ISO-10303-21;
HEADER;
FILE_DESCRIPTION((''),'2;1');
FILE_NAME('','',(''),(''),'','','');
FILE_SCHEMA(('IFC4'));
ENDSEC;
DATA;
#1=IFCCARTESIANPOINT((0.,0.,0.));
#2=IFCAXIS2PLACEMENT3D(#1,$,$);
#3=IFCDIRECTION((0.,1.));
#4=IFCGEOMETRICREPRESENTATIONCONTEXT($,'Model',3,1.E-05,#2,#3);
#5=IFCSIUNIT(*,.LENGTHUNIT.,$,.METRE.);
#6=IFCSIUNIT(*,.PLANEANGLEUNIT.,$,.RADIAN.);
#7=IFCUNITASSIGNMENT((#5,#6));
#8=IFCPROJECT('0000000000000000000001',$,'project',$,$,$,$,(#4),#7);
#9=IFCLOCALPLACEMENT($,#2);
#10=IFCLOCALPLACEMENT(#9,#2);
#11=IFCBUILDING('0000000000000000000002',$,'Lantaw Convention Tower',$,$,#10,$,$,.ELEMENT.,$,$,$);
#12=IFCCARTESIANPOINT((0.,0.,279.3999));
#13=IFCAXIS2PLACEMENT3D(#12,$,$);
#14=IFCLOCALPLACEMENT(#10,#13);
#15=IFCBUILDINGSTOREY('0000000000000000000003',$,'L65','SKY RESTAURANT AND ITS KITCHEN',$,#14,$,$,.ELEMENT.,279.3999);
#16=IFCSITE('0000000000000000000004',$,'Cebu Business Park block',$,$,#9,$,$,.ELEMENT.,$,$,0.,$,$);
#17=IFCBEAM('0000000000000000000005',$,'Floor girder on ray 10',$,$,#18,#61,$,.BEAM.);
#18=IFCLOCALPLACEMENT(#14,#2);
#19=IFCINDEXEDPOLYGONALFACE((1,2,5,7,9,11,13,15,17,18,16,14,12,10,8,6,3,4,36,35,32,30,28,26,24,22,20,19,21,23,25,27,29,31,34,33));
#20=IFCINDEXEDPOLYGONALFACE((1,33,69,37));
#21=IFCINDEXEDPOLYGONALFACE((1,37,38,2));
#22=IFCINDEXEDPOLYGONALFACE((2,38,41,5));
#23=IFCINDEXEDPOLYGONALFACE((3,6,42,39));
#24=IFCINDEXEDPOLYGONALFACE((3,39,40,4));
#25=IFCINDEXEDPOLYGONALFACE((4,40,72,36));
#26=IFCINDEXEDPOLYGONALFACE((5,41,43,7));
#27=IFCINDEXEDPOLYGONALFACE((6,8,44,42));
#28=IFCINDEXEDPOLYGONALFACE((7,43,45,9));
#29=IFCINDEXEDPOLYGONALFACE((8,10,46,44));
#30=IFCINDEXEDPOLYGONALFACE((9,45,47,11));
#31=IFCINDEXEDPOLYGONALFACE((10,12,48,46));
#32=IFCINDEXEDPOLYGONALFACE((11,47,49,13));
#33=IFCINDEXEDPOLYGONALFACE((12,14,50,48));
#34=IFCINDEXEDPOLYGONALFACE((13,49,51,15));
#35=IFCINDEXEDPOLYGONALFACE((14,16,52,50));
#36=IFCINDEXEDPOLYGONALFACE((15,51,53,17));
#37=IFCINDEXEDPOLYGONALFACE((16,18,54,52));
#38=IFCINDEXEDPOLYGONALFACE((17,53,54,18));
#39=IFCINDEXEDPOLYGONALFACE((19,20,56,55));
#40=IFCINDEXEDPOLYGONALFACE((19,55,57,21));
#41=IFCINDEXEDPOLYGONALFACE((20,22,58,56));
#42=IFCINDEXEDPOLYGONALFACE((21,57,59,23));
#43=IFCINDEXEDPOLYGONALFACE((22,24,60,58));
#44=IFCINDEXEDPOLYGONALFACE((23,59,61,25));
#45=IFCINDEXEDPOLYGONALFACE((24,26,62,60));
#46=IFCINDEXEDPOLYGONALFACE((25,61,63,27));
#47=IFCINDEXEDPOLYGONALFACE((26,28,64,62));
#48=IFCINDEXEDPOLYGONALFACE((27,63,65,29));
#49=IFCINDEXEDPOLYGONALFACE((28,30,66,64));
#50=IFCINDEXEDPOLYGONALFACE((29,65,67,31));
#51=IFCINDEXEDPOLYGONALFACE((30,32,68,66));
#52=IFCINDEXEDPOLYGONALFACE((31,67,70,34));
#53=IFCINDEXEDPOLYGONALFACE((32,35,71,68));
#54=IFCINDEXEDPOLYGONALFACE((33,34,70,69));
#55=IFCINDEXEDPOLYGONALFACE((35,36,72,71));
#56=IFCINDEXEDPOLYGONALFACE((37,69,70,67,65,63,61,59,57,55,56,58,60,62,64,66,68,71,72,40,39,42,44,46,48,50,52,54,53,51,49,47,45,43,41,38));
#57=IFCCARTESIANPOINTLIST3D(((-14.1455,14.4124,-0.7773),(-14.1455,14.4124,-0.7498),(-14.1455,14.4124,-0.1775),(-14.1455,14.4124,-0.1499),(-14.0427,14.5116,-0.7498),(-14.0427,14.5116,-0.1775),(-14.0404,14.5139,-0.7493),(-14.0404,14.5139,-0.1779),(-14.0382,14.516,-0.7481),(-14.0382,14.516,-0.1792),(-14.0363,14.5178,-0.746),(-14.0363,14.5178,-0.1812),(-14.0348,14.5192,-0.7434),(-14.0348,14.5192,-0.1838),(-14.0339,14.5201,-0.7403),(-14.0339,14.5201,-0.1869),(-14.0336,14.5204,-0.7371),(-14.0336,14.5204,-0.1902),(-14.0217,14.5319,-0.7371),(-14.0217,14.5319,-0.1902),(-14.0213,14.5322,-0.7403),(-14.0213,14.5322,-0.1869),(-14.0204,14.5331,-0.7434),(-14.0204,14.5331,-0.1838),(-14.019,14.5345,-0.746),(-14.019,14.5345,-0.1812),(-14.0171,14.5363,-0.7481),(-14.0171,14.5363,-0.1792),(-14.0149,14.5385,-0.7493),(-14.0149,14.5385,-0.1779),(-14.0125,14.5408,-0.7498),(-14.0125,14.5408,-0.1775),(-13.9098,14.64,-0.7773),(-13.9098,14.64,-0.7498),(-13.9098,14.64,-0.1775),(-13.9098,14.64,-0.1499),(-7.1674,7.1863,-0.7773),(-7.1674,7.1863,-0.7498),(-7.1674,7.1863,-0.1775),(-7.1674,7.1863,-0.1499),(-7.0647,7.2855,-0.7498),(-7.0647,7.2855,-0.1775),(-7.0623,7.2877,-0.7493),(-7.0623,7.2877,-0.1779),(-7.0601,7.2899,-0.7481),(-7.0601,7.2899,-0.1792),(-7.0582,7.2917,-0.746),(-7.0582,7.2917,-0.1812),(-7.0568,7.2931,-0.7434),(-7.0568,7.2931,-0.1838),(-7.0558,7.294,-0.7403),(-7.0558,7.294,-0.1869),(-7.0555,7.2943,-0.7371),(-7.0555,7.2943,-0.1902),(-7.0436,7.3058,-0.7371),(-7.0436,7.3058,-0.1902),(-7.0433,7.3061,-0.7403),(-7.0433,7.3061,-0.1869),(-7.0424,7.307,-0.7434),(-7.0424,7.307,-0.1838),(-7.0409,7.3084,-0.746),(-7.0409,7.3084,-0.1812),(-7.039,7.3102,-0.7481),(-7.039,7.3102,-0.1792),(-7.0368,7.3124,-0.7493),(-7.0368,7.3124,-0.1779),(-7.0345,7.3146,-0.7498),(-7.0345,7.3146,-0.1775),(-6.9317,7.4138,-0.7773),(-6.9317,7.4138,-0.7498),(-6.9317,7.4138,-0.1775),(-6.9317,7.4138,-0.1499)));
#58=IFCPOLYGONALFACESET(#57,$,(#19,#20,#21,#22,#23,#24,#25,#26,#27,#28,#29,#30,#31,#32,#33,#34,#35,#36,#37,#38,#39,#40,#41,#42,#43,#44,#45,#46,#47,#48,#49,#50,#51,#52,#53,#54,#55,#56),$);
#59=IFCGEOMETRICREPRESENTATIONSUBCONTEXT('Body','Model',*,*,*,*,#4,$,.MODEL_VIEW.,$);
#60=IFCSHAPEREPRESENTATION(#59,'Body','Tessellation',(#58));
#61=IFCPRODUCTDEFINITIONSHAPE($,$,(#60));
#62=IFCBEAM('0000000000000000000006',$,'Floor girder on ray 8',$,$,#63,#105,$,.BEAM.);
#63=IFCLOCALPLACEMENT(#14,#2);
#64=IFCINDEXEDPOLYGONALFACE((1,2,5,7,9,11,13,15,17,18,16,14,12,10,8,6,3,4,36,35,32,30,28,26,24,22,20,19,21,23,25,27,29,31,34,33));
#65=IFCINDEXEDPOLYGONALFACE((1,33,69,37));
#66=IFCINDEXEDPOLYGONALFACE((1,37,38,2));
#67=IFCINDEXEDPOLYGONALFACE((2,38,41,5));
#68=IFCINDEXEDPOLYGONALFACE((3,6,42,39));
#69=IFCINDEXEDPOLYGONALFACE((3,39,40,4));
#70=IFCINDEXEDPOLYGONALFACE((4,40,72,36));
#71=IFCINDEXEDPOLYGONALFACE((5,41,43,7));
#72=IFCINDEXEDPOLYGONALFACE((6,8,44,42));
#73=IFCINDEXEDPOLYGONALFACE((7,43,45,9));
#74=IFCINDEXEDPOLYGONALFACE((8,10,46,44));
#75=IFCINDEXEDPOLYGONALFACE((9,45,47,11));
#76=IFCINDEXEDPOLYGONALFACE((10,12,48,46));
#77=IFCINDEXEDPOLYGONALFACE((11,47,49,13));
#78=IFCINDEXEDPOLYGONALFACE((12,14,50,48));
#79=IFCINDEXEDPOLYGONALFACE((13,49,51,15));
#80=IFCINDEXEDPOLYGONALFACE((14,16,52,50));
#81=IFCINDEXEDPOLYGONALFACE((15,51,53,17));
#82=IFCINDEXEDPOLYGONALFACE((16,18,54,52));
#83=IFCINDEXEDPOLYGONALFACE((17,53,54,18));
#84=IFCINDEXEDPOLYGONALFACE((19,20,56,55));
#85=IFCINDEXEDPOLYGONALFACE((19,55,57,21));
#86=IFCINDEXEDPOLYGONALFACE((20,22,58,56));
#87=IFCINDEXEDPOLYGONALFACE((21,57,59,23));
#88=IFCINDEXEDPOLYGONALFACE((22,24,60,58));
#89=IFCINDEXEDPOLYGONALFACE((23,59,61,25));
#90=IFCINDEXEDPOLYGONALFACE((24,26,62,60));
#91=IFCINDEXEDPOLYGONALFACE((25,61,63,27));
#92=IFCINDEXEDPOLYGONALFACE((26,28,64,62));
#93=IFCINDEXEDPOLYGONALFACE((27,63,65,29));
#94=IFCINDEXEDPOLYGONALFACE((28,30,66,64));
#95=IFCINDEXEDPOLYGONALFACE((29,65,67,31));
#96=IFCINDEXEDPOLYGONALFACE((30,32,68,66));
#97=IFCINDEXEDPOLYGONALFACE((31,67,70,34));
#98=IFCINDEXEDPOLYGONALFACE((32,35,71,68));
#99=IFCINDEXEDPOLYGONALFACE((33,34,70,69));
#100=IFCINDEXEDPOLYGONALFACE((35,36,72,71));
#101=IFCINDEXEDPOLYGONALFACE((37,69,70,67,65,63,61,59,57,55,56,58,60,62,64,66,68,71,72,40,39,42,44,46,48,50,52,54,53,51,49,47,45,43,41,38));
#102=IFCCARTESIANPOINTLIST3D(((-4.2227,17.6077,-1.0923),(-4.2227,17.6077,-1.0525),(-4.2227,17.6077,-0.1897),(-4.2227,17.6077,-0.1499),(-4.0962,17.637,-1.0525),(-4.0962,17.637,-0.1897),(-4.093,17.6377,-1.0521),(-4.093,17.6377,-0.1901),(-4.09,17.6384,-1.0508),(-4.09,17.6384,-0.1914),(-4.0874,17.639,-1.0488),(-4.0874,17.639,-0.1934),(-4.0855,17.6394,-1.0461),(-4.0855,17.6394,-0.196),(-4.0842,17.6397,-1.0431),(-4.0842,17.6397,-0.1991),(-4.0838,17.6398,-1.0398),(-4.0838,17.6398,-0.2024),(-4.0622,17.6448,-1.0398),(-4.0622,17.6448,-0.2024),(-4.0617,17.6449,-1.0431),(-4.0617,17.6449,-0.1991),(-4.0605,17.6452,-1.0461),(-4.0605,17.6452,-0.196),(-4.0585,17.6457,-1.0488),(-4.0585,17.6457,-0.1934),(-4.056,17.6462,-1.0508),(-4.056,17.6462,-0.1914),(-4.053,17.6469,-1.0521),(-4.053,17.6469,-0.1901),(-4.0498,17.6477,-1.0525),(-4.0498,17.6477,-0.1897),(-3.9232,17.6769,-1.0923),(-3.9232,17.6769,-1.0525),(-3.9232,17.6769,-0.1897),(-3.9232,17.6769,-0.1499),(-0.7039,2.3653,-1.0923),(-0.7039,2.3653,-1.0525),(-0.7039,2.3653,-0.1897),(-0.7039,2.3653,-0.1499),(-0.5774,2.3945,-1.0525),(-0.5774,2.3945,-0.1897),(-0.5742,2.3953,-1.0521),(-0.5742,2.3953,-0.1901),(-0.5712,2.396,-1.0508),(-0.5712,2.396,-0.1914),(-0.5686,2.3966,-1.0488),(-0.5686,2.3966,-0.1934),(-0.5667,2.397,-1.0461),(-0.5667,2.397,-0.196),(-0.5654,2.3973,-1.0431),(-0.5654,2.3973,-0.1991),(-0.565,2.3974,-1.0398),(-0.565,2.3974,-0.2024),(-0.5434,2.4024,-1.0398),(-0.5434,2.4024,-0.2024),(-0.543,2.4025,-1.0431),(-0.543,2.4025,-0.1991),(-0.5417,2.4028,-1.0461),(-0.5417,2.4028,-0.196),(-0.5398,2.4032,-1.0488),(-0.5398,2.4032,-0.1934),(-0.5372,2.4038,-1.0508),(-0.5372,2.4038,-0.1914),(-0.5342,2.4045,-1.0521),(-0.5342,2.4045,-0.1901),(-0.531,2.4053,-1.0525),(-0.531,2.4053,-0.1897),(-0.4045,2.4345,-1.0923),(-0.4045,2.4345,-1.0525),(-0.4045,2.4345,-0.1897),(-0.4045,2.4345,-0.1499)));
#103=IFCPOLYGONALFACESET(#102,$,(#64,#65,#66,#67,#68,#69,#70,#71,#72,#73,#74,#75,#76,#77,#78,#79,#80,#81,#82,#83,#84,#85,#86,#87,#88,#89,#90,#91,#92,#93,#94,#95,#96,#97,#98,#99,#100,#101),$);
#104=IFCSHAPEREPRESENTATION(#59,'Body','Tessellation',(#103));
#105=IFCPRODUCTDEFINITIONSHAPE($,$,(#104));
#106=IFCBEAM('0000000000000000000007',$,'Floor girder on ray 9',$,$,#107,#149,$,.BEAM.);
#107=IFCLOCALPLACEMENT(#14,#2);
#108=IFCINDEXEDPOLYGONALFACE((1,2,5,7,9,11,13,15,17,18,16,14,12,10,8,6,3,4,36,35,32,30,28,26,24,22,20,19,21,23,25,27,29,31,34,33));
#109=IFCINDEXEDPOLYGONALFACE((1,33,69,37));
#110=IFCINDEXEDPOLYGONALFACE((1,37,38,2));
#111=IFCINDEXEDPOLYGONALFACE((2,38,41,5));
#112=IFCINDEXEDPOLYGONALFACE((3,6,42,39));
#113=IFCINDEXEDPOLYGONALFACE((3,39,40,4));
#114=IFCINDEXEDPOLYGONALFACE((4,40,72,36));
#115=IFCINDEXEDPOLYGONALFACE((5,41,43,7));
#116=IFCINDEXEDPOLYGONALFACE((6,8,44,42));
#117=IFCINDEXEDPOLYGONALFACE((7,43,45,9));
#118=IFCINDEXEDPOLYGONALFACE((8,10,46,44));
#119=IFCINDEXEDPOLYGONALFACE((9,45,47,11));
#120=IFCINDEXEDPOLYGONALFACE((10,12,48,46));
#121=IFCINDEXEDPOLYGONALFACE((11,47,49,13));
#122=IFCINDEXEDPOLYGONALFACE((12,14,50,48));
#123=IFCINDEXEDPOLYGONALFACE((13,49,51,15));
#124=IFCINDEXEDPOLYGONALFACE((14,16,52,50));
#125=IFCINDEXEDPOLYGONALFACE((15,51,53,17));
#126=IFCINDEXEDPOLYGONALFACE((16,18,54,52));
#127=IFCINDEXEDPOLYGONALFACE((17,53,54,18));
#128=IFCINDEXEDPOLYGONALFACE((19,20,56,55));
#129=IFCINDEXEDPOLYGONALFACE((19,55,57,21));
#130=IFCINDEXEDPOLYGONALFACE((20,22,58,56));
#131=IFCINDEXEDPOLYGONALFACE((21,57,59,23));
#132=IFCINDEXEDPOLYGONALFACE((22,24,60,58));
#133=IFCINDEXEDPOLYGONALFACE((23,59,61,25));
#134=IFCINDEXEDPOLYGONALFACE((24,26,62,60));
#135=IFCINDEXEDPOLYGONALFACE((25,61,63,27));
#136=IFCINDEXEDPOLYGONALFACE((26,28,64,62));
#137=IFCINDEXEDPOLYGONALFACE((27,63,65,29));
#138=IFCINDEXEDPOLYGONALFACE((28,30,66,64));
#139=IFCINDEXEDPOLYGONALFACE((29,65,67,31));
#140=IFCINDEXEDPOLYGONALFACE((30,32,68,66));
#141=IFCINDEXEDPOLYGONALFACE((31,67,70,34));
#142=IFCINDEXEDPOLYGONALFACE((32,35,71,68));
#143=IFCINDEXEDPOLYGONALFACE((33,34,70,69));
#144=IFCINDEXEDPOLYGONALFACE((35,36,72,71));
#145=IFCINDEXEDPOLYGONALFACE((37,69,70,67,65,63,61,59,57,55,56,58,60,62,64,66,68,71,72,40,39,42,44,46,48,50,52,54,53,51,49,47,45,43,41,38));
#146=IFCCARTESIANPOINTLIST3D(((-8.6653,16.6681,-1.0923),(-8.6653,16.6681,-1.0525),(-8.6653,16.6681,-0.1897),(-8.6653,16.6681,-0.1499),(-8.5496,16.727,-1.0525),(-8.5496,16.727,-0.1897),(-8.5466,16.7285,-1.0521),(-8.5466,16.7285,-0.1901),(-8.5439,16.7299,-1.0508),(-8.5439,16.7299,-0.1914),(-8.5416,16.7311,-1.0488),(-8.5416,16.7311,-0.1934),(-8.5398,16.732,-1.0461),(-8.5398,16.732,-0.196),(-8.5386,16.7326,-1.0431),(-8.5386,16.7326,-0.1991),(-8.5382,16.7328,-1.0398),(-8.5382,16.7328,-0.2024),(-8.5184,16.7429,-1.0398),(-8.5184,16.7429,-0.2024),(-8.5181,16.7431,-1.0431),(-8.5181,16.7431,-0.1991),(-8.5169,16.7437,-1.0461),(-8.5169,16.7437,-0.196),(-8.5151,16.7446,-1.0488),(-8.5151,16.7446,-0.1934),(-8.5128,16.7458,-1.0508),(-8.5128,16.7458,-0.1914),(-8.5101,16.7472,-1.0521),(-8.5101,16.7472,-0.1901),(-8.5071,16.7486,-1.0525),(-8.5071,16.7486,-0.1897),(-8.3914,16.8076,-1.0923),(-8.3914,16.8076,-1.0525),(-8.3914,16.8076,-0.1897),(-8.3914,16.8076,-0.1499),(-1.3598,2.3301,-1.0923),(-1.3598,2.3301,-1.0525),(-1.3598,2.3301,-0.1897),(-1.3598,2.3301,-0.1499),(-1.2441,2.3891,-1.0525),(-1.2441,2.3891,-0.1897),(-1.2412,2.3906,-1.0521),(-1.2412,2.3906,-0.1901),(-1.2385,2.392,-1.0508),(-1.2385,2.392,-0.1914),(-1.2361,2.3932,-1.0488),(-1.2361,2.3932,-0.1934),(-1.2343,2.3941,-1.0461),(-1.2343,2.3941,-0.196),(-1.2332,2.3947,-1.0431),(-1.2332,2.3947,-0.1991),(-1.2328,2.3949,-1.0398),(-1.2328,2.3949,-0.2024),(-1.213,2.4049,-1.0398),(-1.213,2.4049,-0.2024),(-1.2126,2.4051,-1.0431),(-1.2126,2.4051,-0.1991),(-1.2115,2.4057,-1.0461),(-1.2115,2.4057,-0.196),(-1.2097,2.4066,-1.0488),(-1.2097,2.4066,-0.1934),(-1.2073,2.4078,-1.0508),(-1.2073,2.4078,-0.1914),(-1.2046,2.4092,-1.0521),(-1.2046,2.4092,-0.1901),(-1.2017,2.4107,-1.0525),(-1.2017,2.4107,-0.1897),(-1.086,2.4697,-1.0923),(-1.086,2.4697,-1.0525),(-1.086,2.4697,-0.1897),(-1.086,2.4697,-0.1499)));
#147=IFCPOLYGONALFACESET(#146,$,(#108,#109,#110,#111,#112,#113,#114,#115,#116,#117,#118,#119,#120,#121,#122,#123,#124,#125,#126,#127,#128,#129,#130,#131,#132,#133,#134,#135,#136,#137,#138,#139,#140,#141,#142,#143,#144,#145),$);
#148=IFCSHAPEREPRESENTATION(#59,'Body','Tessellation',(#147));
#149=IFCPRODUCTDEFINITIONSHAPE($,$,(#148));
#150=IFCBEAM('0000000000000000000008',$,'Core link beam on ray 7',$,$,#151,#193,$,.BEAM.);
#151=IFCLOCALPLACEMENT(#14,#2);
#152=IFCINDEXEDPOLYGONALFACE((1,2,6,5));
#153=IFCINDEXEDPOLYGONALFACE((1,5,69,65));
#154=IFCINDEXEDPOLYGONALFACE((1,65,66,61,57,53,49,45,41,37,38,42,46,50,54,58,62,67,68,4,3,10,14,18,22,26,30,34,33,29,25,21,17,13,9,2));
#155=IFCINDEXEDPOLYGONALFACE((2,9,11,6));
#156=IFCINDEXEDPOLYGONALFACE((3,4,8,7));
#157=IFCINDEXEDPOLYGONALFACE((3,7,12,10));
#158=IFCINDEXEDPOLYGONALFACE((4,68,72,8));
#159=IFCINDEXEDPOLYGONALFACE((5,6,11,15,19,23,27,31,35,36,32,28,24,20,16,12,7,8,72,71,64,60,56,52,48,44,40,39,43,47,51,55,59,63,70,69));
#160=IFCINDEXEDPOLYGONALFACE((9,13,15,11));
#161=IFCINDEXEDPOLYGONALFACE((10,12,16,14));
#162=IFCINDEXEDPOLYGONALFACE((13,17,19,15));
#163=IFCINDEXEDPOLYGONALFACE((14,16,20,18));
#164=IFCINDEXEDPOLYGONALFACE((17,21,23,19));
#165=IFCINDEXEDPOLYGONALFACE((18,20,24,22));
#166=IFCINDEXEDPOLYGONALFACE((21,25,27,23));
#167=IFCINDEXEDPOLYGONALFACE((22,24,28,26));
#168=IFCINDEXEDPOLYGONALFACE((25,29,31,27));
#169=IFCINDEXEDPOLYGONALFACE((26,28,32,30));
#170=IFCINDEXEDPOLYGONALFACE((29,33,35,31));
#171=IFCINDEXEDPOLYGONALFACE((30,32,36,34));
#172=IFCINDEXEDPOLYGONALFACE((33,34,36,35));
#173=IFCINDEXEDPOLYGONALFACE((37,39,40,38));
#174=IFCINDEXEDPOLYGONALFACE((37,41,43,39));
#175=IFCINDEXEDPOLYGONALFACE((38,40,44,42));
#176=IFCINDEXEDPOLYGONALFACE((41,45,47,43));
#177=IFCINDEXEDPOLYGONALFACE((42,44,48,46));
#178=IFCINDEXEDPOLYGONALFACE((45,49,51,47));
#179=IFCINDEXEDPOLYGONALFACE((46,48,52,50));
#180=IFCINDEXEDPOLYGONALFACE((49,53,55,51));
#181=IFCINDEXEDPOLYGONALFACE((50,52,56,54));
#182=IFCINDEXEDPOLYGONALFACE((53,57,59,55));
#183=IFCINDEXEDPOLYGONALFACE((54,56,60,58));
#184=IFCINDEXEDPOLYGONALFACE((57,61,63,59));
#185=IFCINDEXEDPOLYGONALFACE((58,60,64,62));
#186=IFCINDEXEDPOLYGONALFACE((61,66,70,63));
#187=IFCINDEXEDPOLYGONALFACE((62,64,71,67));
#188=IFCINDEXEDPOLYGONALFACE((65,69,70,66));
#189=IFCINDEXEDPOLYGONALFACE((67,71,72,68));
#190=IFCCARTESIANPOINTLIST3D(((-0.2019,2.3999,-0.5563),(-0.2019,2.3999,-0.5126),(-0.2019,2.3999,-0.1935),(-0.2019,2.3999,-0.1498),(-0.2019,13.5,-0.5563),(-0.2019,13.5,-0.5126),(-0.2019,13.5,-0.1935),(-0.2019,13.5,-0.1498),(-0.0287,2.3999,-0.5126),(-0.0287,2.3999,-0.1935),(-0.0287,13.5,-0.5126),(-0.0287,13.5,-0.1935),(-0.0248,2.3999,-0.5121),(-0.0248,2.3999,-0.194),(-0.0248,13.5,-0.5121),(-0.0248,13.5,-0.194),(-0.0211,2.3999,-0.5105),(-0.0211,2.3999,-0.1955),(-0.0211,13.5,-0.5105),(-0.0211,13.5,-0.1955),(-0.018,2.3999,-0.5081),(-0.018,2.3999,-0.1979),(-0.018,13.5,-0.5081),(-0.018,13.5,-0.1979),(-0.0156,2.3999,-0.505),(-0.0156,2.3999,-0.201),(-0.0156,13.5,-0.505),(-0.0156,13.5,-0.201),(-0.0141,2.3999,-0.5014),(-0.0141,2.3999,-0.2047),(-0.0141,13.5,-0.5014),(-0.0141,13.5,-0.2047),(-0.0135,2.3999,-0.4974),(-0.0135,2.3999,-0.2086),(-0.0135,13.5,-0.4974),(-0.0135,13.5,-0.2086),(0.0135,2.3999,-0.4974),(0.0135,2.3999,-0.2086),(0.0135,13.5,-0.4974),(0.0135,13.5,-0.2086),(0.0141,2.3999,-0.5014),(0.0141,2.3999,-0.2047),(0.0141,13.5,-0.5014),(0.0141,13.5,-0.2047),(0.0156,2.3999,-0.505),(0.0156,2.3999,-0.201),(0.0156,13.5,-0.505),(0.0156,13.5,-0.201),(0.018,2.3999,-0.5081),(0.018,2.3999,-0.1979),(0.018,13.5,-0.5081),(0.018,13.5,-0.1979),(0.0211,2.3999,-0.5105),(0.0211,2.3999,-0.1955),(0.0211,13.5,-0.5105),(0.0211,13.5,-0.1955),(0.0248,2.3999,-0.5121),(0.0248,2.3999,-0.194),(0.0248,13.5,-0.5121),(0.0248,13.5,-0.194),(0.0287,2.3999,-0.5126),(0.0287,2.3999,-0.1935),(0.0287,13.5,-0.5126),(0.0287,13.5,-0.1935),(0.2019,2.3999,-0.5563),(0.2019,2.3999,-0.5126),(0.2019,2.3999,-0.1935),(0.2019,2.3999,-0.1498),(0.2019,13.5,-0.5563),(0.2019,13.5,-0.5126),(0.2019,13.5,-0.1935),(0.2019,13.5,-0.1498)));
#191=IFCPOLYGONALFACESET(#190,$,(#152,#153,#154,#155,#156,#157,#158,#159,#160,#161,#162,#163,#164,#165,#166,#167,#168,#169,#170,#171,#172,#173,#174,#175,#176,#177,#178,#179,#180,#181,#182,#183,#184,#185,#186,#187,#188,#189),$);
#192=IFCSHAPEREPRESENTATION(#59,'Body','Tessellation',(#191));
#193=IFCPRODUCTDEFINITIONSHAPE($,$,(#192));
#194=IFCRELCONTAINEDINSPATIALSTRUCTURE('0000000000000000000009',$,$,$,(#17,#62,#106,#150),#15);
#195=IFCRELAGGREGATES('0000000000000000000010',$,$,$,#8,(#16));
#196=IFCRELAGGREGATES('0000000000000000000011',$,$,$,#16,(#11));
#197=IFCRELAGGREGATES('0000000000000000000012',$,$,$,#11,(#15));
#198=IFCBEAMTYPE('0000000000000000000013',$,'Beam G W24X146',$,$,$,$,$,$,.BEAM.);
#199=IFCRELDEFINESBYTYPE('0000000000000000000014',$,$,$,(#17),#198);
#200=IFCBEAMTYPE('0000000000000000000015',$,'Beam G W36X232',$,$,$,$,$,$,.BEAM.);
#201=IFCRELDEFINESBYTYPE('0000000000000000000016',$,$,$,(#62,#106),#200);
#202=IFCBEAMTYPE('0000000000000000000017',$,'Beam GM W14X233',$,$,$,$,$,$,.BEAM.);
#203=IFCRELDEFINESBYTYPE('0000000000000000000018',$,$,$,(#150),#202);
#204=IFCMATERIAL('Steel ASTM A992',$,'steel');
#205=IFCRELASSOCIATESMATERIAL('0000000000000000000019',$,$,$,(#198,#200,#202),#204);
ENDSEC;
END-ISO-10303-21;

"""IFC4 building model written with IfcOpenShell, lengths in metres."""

from ifc_helpers import new_model, si_unit, direction, frame, origin, origin_2d, place, context, subcontext, project, spatial, i_section, extrude, material, material_profile, profile_set, type_object, element, save


model = new_model("IFC4")

# Units and contexts
model_context = context("Model", 3, precision=1e-05, world=origin(), true_north=direction((0.0, 1.0)))
body_context = subcontext(model_context, "Body", "Model", "MODEL_VIEW")
ifc_project = project(units=[si_unit("LENGTHUNIT", "METRE"), si_unit("PLANEANGLEUNIT", "RADIAN")], contexts=[model_context])

# Site, building, storey
site_placement = place(None, origin())
site = spatial("IfcSite", under=ifc_project, at=site_placement, Name="Cebu Business Park block", CompositionType="ELEMENT", RefElevation=0.0)
building_placement = place(site_placement, origin())
building = spatial("IfcBuilding", under=site, at=building_placement, Name="Lantaw Convention Tower", CompositionType="ELEMENT")
storey_placement = place(building_placement, frame((0.0, 0.0, 279.3999)))
storey = spatial("IfcBuildingStorey", under=building, at=storey_placement, Name="L65", Description="SKY RESTAURANT AND ITS KITCHEN", CompositionType="ELEMENT", Elevation=279.3999)

# Beams
ifc_material_1 = material(Name="Steel ASTM A992", Category="steel")
ifc_material_profile_1 = material_profile(ifc_material_1, i_section(OverallWidth=0.3276, OverallDepth=0.6274, WebThickness=0.0166, FlangeThickness=0.0276, FilletRadius=0.0127, at=origin_2d()), Name="W24X146")
ifc_profile_set_1 = profile_set([ifc_material_profile_1], Name="Steel ASTM A992")
beam_type_1 = type_object("IfcBeamType", Name="Beam G W24X146", PredefinedType="BEAM", material=ifc_profile_set_1)
beam_1_placement = place(storey_placement, frame((-7.0496, 7.3, -0.4636), z_axis=(-0.694653, 0.719345, 0.0), x_axis=(-0.719345, -0.694653, 0.0)))
element("IfcBeam", 1, at=beam_1_placement, inside=storey, type_object=beam_type_1, Name="Floor girder on ray 10", PredefinedType="BEAM", context=body_context, shape_type="SweptSolid", body=[
    extrude(i_section(OverallWidth=0.3276, OverallDepth=0.6274, WebThickness=0.0166, FlangeThickness=0.0276, FilletRadius=0.0127, at=origin_2d()), origin(), (0.0, 0.0, 1.0), 10.0454),
])
ifc_material_profile_2 = material_profile(ifc_material_1, i_section(OverallWidth=0.3074, OverallDepth=0.9424, WebThickness=0.0222, FlangeThickness=0.0398, FilletRadius=0.0127, at=origin_2d()), Name="W36X232")
ifc_profile_set_2 = profile_set([ifc_material_profile_2], Name="Steel ASTM A992")
beam_type_2 = type_object("IfcBeamType", Name="Beam G W36X232", PredefinedType="BEAM", material=ifc_profile_set_2)
beam_2_placement = place(storey_placement, frame((-0.5542, 2.3999, -0.6211), z_axis=(-0.224939, 0.974373, 0.0), x_axis=(-0.974373, -0.224939, 0.0)))
element("IfcBeam", 2, at=beam_2_placement, inside=storey, type_object=beam_type_2, Name="Floor girder on ray 8", PredefinedType="BEAM", context=body_context, shape_type="SweptSolid", body=[
    extrude(i_section(OverallWidth=0.3074, OverallDepth=0.9424, WebThickness=0.0222, FlangeThickness=0.0398, FilletRadius=0.0127, at=origin_2d()), origin(), (0.0, 0.0, 1.0), 15.6433),
])
beam_3_placement = place(storey_placement, frame((-1.2229, 2.3999, -0.6211), z_axis=(-0.453986, 0.891009, 0.0), x_axis=(-0.891009, -0.453986, 0.0)))
element("IfcBeam", 3, at=beam_3_placement, inside=storey, type_object=beam_type_2, Name="Floor girder on ray 9", PredefinedType="BEAM", context=body_context, shape_type="SweptSolid", body=[
    extrude(i_section(OverallWidth=0.3074, OverallDepth=0.9424, WebThickness=0.0222, FlangeThickness=0.0398, FilletRadius=0.0127, at=origin_2d()), origin(), (0.0, 0.0, 1.0), 16.0918),
])
ifc_material_profile_3 = material_profile(ifc_material_1, i_section(OverallWidth=0.4038, OverallDepth=0.4065, WebThickness=0.0271, FlangeThickness=0.0437, FilletRadius=0.0151, at=origin_2d()), Name="W14X233")
ifc_profile_set_3 = profile_set([ifc_material_profile_3], Name="Steel ASTM A992")
beam_type_3 = type_object("IfcBeamType", Name="Beam GM W14X233", PredefinedType="BEAM", material=ifc_profile_set_3)
beam_4_placement = place(storey_placement, frame((0.0, 2.3999, -0.353), z_axis=(0.0, 1.0, 0.0), x_axis=(-1.0, 0.0, 0.0)))
element("IfcBeam", 4, at=beam_4_placement, inside=storey, type_object=beam_type_3, Name="Core link beam on ray 7", PredefinedType="BEAM", context=body_context, shape_type="SweptSolid", body=[
    extrude(i_section(OverallWidth=0.4038, OverallDepth=0.4065, WebThickness=0.0271, FlangeThickness=0.0437, FilletRadius=0.0151, at=origin_2d()), origin(), (0.0, 0.0, 1.0), 11.1001),
])

save(model, "model.ifc")
